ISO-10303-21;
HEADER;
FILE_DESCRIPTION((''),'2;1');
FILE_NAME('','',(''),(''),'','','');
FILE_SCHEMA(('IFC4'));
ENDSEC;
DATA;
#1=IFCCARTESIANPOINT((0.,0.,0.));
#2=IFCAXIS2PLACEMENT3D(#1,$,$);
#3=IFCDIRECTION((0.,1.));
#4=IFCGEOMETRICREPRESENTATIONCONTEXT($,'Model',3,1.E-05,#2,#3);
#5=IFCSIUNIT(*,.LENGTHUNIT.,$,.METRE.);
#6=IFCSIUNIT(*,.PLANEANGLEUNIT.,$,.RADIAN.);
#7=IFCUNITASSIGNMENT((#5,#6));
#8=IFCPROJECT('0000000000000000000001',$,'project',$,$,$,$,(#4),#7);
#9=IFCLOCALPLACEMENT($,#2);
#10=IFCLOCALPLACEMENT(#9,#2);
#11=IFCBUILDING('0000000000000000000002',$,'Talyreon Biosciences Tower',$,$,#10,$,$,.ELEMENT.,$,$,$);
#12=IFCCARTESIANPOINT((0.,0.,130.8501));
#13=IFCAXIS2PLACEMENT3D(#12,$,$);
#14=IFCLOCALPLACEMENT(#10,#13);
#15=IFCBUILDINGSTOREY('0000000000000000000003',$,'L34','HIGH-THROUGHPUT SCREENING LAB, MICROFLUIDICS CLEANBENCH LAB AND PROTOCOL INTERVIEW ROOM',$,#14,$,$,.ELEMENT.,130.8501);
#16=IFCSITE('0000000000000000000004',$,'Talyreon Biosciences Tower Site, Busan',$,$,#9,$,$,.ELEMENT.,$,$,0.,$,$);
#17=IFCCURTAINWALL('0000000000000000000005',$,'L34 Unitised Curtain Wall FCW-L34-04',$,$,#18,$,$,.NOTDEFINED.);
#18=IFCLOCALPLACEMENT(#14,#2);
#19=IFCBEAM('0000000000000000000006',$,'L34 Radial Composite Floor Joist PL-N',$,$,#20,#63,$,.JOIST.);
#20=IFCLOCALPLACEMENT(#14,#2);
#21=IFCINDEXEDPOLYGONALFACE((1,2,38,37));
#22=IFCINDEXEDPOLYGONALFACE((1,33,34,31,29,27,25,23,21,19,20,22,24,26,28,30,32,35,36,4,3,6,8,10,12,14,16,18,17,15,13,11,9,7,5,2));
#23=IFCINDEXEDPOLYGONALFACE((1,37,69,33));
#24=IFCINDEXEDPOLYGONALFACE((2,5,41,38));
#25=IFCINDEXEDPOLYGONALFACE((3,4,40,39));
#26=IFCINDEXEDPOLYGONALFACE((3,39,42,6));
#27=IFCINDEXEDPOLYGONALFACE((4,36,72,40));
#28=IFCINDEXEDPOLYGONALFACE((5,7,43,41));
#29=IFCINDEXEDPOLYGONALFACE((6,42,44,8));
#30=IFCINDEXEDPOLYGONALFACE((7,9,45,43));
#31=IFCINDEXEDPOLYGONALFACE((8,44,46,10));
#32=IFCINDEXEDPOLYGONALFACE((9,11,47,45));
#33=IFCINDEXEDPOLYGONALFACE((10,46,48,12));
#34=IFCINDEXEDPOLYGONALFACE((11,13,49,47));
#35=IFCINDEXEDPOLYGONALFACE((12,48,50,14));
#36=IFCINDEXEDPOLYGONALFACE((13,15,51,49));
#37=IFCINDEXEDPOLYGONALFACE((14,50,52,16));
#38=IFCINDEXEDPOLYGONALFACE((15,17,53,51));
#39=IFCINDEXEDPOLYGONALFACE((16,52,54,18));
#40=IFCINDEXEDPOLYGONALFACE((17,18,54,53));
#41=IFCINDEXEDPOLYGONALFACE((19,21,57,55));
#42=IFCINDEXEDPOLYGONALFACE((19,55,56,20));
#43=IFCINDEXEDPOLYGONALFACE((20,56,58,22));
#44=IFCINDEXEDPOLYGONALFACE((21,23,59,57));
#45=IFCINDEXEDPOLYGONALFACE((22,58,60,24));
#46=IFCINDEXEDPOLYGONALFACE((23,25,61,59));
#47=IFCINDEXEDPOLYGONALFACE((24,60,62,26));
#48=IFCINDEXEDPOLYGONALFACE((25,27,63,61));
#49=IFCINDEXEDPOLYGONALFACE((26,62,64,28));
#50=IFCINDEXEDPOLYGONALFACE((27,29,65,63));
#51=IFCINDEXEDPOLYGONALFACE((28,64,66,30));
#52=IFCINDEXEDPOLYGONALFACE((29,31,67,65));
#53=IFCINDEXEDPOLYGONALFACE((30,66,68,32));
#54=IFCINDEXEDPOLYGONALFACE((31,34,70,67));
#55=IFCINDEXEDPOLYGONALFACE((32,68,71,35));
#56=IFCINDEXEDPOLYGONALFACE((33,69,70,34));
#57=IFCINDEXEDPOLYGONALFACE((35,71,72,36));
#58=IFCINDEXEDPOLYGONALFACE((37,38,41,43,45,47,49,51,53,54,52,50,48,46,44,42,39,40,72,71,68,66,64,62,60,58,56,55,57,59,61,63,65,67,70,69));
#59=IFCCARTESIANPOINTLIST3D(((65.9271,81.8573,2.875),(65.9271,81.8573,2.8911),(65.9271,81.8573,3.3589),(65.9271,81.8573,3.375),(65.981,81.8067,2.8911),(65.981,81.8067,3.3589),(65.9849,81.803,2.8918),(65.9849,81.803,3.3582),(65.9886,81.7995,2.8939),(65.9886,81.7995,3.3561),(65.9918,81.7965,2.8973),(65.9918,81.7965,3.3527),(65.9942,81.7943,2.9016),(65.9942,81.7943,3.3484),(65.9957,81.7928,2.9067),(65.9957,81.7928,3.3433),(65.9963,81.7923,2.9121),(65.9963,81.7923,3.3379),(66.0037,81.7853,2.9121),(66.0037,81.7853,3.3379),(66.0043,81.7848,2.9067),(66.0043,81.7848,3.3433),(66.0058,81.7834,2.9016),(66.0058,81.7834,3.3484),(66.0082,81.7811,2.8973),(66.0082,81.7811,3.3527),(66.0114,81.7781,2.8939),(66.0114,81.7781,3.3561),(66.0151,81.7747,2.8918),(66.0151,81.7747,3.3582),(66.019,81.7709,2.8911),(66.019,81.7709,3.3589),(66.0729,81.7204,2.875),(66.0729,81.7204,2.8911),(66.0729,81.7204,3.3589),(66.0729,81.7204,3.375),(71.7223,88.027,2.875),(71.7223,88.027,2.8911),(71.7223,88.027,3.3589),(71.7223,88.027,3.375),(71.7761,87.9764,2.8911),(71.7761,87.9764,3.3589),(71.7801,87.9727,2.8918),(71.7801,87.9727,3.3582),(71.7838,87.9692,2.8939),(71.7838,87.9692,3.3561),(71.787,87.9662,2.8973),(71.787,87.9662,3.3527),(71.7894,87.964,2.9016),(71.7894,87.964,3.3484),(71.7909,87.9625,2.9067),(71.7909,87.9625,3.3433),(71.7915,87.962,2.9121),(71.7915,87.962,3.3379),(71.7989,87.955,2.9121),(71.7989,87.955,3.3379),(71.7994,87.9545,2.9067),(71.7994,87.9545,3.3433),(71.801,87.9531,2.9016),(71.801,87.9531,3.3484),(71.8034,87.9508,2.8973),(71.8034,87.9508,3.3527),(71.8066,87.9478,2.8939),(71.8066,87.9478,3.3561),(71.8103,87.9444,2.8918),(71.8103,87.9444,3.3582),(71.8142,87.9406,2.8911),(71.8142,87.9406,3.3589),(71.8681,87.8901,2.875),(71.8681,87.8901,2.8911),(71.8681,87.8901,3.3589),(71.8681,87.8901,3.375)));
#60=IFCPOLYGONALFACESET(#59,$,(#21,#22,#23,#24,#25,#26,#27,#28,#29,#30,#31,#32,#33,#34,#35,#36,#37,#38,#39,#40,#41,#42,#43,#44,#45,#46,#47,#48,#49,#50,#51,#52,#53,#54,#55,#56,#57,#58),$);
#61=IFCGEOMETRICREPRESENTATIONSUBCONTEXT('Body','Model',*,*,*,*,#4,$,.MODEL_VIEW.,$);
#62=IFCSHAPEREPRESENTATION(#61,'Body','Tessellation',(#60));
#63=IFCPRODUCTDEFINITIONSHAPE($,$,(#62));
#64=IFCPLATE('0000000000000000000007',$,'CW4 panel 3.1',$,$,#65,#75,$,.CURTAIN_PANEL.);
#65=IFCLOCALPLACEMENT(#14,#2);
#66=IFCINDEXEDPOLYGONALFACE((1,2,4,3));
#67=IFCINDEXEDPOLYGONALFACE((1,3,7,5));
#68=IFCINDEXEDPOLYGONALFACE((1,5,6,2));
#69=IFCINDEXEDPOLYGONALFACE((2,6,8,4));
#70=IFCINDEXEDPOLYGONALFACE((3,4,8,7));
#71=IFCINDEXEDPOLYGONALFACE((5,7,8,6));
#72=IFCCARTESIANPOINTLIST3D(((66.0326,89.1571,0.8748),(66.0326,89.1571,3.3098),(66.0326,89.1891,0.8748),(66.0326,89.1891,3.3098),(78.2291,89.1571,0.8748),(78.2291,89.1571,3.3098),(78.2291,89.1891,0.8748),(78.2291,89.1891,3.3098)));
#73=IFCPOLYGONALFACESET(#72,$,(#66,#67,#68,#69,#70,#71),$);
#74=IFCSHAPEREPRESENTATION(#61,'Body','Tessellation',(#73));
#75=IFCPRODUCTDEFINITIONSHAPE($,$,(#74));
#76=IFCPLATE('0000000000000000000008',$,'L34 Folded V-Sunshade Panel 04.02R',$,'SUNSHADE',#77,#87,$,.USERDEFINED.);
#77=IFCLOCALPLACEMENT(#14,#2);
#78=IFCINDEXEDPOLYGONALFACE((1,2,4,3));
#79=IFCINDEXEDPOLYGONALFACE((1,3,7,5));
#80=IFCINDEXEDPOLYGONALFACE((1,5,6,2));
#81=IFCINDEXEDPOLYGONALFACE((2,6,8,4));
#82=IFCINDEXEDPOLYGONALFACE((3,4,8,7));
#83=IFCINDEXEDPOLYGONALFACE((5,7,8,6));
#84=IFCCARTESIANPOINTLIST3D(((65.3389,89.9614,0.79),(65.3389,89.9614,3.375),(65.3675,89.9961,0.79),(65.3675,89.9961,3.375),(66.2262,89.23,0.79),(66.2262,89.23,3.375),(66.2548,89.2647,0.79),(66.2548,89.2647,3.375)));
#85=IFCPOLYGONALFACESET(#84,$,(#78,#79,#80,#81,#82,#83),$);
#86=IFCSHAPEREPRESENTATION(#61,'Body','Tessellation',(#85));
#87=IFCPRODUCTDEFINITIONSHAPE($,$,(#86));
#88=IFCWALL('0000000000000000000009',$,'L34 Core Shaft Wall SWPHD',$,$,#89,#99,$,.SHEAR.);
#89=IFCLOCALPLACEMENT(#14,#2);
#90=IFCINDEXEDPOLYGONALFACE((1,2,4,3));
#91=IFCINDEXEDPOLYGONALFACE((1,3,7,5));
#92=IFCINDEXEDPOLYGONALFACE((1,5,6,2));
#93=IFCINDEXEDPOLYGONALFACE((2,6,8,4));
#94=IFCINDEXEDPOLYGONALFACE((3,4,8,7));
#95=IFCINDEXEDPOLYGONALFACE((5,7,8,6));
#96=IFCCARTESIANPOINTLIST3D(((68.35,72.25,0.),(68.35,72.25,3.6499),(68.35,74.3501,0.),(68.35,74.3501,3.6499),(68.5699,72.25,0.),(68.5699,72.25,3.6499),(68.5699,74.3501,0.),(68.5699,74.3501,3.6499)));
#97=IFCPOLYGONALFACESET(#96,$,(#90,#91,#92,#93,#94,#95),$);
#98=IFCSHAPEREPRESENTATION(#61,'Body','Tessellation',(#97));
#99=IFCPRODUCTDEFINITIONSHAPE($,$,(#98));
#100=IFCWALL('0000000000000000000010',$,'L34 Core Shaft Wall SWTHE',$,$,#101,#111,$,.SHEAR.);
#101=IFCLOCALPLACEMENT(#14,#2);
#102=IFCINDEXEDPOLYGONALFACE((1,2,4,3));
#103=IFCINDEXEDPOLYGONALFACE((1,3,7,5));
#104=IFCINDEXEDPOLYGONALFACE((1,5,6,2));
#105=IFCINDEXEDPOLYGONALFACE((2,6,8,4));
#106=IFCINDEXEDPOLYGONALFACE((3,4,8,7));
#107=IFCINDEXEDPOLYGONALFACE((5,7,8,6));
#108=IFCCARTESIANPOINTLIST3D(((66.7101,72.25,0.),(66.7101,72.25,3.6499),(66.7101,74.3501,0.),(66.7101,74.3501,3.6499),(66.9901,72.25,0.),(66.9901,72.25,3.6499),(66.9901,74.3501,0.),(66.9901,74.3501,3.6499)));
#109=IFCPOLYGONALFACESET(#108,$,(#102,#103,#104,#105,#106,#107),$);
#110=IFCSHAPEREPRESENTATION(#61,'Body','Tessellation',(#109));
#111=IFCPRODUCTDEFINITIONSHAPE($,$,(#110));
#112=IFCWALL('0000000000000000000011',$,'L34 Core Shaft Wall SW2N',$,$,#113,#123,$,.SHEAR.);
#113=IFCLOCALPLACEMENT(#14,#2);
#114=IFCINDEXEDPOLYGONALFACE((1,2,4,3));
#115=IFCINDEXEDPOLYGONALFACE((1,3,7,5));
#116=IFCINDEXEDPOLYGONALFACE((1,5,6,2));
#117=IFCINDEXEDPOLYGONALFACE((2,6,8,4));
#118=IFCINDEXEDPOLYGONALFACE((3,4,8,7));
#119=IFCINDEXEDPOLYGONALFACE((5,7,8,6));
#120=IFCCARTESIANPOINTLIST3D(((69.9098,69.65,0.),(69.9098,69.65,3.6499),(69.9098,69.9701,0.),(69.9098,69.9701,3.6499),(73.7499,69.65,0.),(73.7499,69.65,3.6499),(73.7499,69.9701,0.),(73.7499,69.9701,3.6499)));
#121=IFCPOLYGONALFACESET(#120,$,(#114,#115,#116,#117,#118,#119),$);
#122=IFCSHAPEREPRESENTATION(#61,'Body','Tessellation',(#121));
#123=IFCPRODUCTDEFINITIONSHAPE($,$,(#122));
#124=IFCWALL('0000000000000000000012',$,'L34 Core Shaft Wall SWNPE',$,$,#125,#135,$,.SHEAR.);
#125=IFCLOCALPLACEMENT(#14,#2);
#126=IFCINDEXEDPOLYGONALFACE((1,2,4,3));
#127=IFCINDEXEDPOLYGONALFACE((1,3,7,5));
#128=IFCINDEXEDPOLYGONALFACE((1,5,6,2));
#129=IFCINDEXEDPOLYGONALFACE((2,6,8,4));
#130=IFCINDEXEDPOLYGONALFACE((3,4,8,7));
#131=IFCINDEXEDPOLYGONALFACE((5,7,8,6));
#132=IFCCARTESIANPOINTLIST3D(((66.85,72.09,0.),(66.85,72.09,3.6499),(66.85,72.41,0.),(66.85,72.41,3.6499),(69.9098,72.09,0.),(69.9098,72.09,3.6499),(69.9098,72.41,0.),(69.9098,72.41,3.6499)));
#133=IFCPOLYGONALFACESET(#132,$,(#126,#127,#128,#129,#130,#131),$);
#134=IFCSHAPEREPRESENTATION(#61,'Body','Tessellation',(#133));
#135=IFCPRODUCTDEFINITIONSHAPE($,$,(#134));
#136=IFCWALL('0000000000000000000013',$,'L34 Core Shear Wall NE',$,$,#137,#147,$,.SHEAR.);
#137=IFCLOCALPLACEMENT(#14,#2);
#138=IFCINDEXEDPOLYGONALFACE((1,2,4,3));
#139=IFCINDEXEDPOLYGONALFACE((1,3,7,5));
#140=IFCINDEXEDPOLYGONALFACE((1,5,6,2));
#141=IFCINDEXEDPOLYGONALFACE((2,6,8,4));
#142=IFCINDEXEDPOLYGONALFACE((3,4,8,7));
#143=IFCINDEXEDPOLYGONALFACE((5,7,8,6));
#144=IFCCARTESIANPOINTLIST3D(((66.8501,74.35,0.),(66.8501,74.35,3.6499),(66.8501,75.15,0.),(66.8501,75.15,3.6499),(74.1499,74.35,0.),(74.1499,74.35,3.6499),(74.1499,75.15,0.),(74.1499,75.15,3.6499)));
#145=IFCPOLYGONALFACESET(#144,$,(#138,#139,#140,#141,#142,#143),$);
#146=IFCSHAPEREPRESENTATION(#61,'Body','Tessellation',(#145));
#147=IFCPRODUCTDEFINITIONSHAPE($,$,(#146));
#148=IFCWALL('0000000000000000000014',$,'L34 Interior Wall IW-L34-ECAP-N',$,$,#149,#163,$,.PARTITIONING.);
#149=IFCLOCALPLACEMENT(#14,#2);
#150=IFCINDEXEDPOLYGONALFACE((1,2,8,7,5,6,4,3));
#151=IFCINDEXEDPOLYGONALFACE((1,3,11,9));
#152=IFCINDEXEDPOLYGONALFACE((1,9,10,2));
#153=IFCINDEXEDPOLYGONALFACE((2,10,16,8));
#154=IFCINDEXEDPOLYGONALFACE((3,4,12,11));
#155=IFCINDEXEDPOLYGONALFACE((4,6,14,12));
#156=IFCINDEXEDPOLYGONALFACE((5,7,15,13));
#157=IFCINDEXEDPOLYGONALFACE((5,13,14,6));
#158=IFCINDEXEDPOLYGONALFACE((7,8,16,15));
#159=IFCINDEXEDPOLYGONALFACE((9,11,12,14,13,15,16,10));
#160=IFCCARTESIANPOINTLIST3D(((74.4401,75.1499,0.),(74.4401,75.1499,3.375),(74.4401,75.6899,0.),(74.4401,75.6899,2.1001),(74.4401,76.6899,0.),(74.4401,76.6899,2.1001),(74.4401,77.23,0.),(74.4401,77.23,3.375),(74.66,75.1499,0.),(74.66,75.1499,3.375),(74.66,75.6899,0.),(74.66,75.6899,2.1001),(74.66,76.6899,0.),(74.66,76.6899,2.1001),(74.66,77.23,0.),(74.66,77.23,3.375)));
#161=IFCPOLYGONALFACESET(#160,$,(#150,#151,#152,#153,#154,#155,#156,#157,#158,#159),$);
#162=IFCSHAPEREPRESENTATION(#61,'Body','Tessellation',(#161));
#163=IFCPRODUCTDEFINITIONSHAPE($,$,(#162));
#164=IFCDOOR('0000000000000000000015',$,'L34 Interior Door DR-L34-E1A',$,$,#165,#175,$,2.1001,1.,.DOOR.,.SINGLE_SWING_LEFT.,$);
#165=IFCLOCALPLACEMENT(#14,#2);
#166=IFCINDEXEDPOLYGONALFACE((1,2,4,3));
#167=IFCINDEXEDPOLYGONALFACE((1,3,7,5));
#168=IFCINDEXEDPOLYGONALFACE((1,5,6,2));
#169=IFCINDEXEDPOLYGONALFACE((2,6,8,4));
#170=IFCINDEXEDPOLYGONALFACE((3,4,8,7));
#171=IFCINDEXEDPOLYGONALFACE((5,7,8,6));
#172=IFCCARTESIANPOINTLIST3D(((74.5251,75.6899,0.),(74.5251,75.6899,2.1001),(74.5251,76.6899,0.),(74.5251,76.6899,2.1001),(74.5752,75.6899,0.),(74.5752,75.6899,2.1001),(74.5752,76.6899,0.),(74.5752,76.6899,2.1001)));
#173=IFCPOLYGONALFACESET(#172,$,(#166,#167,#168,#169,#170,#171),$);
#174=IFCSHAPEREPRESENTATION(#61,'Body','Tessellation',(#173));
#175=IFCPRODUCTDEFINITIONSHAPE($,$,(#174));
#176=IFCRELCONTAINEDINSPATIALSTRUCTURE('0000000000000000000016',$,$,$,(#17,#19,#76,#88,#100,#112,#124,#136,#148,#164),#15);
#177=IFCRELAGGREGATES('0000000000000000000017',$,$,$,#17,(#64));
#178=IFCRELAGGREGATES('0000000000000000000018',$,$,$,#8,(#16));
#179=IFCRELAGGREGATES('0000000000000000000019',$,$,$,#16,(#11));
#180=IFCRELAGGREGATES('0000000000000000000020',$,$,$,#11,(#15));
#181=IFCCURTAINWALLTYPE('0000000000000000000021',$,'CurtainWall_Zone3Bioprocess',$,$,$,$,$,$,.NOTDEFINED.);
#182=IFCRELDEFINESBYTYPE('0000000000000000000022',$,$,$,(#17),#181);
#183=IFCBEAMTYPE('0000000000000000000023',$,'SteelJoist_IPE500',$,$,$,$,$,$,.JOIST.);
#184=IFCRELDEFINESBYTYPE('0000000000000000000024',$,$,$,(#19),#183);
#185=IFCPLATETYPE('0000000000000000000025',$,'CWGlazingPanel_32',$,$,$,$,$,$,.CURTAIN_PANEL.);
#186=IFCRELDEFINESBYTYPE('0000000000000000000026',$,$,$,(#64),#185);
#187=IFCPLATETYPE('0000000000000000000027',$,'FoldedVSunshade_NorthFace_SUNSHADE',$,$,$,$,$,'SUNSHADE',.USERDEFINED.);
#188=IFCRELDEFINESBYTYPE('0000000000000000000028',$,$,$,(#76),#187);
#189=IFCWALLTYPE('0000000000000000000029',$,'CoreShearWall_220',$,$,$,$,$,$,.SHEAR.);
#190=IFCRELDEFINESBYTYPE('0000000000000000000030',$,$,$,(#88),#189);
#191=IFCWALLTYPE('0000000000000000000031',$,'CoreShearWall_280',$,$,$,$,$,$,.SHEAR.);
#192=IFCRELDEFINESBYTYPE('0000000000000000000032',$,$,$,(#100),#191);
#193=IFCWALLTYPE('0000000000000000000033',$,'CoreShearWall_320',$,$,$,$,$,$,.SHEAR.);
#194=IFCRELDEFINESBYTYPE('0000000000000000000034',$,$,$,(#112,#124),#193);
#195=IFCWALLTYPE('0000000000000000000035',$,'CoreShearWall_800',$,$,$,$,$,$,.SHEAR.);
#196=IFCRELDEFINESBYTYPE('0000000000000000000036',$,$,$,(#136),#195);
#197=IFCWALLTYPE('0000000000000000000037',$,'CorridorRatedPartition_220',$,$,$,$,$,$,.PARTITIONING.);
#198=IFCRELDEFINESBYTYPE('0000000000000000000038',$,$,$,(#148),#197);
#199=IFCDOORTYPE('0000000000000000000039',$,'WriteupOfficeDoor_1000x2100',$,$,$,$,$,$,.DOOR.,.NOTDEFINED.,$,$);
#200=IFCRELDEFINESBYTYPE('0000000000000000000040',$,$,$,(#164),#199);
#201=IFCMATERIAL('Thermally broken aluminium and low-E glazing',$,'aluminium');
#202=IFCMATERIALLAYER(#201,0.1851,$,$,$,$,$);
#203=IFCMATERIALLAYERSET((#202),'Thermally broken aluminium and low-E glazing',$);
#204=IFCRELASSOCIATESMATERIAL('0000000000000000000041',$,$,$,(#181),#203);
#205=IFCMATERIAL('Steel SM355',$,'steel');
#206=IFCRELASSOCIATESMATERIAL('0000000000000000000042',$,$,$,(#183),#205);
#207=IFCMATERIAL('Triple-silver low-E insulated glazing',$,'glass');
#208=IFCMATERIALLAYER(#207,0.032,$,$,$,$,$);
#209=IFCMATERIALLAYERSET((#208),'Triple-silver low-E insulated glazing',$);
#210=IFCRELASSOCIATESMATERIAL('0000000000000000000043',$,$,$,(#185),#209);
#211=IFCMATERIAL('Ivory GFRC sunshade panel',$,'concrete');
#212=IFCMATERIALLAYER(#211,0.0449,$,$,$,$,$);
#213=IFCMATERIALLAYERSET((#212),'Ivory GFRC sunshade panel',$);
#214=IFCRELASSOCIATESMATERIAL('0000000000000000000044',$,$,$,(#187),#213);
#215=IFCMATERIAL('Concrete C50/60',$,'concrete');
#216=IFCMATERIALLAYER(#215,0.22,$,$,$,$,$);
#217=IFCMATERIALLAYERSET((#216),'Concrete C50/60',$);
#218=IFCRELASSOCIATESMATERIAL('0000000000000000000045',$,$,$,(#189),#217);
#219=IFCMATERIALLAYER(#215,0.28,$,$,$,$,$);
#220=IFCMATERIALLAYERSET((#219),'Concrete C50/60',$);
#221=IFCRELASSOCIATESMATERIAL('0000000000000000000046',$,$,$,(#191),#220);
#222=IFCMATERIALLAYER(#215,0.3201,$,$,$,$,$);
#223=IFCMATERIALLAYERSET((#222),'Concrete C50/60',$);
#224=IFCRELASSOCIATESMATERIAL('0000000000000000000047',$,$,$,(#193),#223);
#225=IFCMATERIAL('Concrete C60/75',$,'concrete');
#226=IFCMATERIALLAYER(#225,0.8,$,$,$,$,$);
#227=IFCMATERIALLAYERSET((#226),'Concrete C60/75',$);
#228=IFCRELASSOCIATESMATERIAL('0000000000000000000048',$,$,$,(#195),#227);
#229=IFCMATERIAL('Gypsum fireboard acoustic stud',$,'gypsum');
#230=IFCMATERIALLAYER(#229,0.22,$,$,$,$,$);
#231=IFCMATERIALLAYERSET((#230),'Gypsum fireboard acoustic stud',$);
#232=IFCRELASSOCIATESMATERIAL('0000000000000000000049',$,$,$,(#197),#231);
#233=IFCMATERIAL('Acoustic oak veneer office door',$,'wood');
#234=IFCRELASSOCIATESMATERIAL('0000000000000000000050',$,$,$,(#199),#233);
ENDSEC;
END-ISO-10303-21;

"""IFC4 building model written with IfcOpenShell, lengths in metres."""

from ifc_helpers import new_model, si_unit, direction, frame, frame_2d, origin, origin_2d, place, context, subcontext, project, spatial, rectangle, i_section, extrude, material, layer, layer_set, material_profile, profile_set, type_object, element, fill, aggregate, save


model = new_model("IFC4")

# Units and contexts
model_context = context("Model", 3, precision=1e-05, world=origin(), true_north=direction((0.0, 1.0)))
body_context = subcontext(model_context, "Body", "Model", "MODEL_VIEW")
ifc_project = project(units=[si_unit("LENGTHUNIT", "METRE"), si_unit("PLANEANGLEUNIT", "RADIAN")], contexts=[model_context])

# Site, building, storey
site_placement = place(None, origin())
site = spatial("IfcSite", under=ifc_project, at=site_placement, Name="Talyreon Biosciences Tower Site, Busan", CompositionType="ELEMENT", RefElevation=0.0)
building_placement = place(site_placement, origin())
building = spatial("IfcBuilding", under=site, at=building_placement, Name="Talyreon Biosciences Tower", CompositionType="ELEMENT")
storey_placement = place(building_placement, frame((0.0, 0.0, 130.8501)))
storey = spatial("IfcBuildingStorey", under=building, at=storey_placement, Name="L34", Description="HIGH-THROUGHPUT SCREENING LAB, MICROFLUIDICS CLEANBENCH LAB AND PROTOCOL INTERVIEW ROOM", CompositionType="ELEMENT", Elevation=130.8501)

# Shared definitions
ifc_material_1 = material(Name="Concrete C60/75", Category="concrete")
ifc_material_2 = material(Name="Concrete C50/60", Category="concrete")

# Curtain wall
ifc_material_3 = material(Name="Thermally broken aluminium and low-E glazing", Category="aluminium")
ifc_layer_1 = layer(ifc_material_3, 0.1851)
ifc_layer_set_1 = layer_set([ifc_layer_1], Name="Thermally broken aluminium and low-E glazing")
curtain_wall_type = type_object("IfcCurtainWallType", Name="CurtainWall_Zone3Bioprocess", PredefinedType="NOTDEFINED", material=ifc_layer_set_1)
curtain_wall_placement = place(storey_placement, origin())
curtain_wall = element("IfcCurtainWall", 1, at=curtain_wall_placement, inside=storey, type_object=curtain_wall_type, Name="L34 Unitised Curtain Wall FCW-L34-04", PredefinedType="NOTDEFINED")

# Beam
ifc_material_4 = material(Name="Steel SM355", Category="steel")
ifc_material_profile_1 = material_profile(ifc_material_4, i_section(OverallWidth=0.2, OverallDepth=0.5, WebThickness=0.0103, FlangeThickness=0.0161, FilletRadius=0.021, at=origin_2d()), Name="IPE500")
ifc_profile_set_1 = profile_set([ifc_material_profile_1], Name="Steel SM355")
beam_type_1 = type_object("IfcBeamType", Name="SteelJoist_IPE500", PredefinedType="JOIST", material=ifc_profile_set_1)
beam_1_placement = place(storey_placement, frame((66.0, 81.7888, 3.125), z_axis=(0.684638, 0.728883, 0.0), x_axis=(-0.728883, 0.684638, 0.0)))
element("IfcBeam", 2, at=beam_1_placement, inside=storey, type_object=beam_type_1, Name="L34 Radial Composite Floor Joist PL-N", PredefinedType="JOIST", context=body_context, shape_type="SweptSolid", body=[
    extrude(i_section(OverallWidth=0.2, OverallDepth=0.5, WebThickness=0.0103, FlangeThickness=0.0161, FilletRadius=0.021, at=origin_2d()), origin(), (0.0, 0.0, 1.0), 8.4646),
])

# Plates
ifc_material_5 = material(Name="Triple-silver low-E insulated glazing", Category="glass")
ifc_layer_2 = layer(ifc_material_5, 0.032)
ifc_layer_set_2 = layer_set([ifc_layer_2], Name="Triple-silver low-E insulated glazing")
plate_type_1 = type_object("IfcPlateType", Name="CWGlazingPanel_32", PredefinedType="CURTAIN_PANEL", material=ifc_layer_set_2)
plate_1_placement = place(storey_placement, frame((72.1309, 89.1731, 0.8748), z_axis=(0.0, 0.0, 1.0), x_axis=(1.0, 0.0, 0.0)))
plate_1 = element("IfcPlate", 3, at=plate_1_placement, type_object=plate_type_1, Name="CW4 panel 3.1", PredefinedType="CURTAIN_PANEL", context=body_context, shape_type="SweptSolid", body=[
    extrude(rectangle(XDim=12.1965, YDim=0.032, at=origin_2d()), origin(), (0.0, 0.0, 1.0), 2.4351),
])
aggregate(curtain_wall, [plate_1])
ifc_material_6 = material(Name="Ivory GFRC sunshade panel", Category="concrete")
ifc_layer_3 = layer(ifc_material_6, 0.0449)
ifc_layer_set_3 = layer_set([ifc_layer_3], Name="Ivory GFRC sunshade panel")
plate_type_2 = type_object("IfcPlateType", Name="FoldedVSunshade_NorthFace_SUNSHADE", ElementType="SUNSHADE", PredefinedType="USERDEFINED", material=ifc_layer_set_3)
plate_2_placement = place(storey_placement, frame((65.7969, 89.613, 0.79), z_axis=(0.0, 0.0, 1.0), x_axis=(0.771625, -0.636078, 0.0)))
element("IfcPlate", 4, at=plate_2_placement, inside=storey, type_object=plate_type_2, Name="L34 Folded V-Sunshade Panel 04.02R", ObjectType="SUNSHADE", PredefinedType="USERDEFINED", context=body_context, shape_type="SweptSolid", body=[
    extrude(rectangle(XDim=1.1499, YDim=0.0449, at=origin_2d()), origin(), (0.0, 0.0, 1.0), 2.585),
])

# Walls
ifc_layer_4 = layer(ifc_material_2, 0.22)
ifc_layer_set_4 = layer_set([ifc_layer_4], Name="Concrete C50/60")
wall_type_1 = type_object("IfcWallType", Name="CoreShearWall_220", PredefinedType="SHEAR", material=ifc_layer_set_4)
wall_1_placement = place(storey_placement, frame((68.46, 72.25, 0.0), z_axis=(0.0, 0.0, 1.0), x_axis=(0.0, 1.0, 0.0)))
element("IfcWall", 5, at=wall_1_placement, inside=storey, type_object=wall_type_1, Name="L34 Core Shaft Wall SWPHD", PredefinedType="SHEAR", context=body_context, shape_type="SweptSolid", body=[
    extrude(rectangle(XDim=2.1001, YDim=0.22, at=frame_2d((1.05, 0.0))), origin(), (0.0, 0.0, 1.0), 3.6499),
])
ifc_layer_5 = layer(ifc_material_2, 0.28)
ifc_layer_set_5 = layer_set([ifc_layer_5], Name="Concrete C50/60")
wall_type_2 = type_object("IfcWallType", Name="CoreShearWall_280", PredefinedType="SHEAR", material=ifc_layer_set_5)
wall_2_placement = place(storey_placement, frame((66.8501, 72.25, 0.0), z_axis=(0.0, 0.0, 1.0), x_axis=(0.0, 1.0, 0.0)))
element("IfcWall", 6, at=wall_2_placement, inside=storey, type_object=wall_type_2, Name="L34 Core Shaft Wall SWTHE", PredefinedType="SHEAR", context=body_context, shape_type="SweptSolid", body=[
    extrude(rectangle(XDim=2.1001, YDim=0.28, at=frame_2d((1.05, 0.0))), origin(), (0.0, 0.0, 1.0), 3.6499),
])
ifc_layer_6 = layer(ifc_material_2, 0.3201)
ifc_layer_set_6 = layer_set([ifc_layer_6], Name="Concrete C50/60")
wall_type_3 = type_object("IfcWallType", Name="CoreShearWall_320", PredefinedType="SHEAR", material=ifc_layer_set_6)
wall_3_placement = place(storey_placement, frame((69.9099, 69.8101, 0.0), z_axis=(0.0, 0.0, 1.0), x_axis=(1.0, 0.0, 0.0)))
element("IfcWall", 7, at=wall_3_placement, inside=storey, type_object=wall_type_3, Name="L34 Core Shaft Wall SW2N", PredefinedType="SHEAR", context=body_context, shape_type="SweptSolid", body=[
    extrude(rectangle(XDim=3.8401, YDim=0.3201, at=frame_2d((1.9199, 0.0))), origin(), (0.0, 0.0, 1.0), 3.6499),
])
wall_4_placement = place(storey_placement, frame((66.8501, 72.25, 0.0), z_axis=(0.0, 0.0, 1.0), x_axis=(1.0, 0.0, 0.0)))
element("IfcWall", 8, at=wall_4_placement, inside=storey, type_object=wall_type_3, Name="L34 Core Shaft Wall SWNPE", PredefinedType="SHEAR", context=body_context, shape_type="SweptSolid", body=[
    extrude(rectangle(XDim=3.0598, YDim=0.3201, at=frame_2d((1.5298, 0.0))), origin(), (0.0, 0.0, 1.0), 3.6499),
])
ifc_layer_7 = layer(ifc_material_1, 0.8)
ifc_layer_set_7 = layer_set([ifc_layer_7], Name="Concrete C60/75")
wall_type_4 = type_object("IfcWallType", Name="CoreShearWall_800", PredefinedType="SHEAR", material=ifc_layer_set_7)
wall_5_placement = place(storey_placement, frame((74.1499, 74.75, 0.0), z_axis=(0.0, 0.0, 1.0), x_axis=(-1.0, 0.0, 0.0)))
element("IfcWall", 9, at=wall_5_placement, inside=storey, type_object=wall_type_4, Name="L34 Core Shear Wall NE", PredefinedType="SHEAR", context=body_context, shape_type="SweptSolid", body=[
    extrude(rectangle(XDim=7.2998, YDim=0.8, at=frame_2d((3.6499, 0.0))), origin(), (0.0, 0.0, 1.0), 3.6499),
])

# Wall, opening, door
ifc_material_7 = material(Name="Gypsum fireboard acoustic stud", Category="gypsum")
ifc_layer_8 = layer(ifc_material_7, 0.22)
ifc_layer_set_8 = layer_set([ifc_layer_8], Name="Gypsum fireboard acoustic stud")
wall_type_5 = type_object("IfcWallType", Name="CorridorRatedPartition_220", PredefinedType="PARTITIONING", material=ifc_layer_set_8)
wall_6_placement = place(storey_placement, frame((74.55, 75.1499, 0.0), z_axis=(0.0, 0.0, 1.0), x_axis=(0.0, 1.0, 0.0)))
wall_6 = element("IfcWall", 10, at=wall_6_placement, inside=storey, type_object=wall_type_5, Name="L34 Interior Wall IW-L34-ECAP-N", PredefinedType="PARTITIONING", context=body_context, shape_type="SweptSolid", body=[
    extrude(rectangle(XDim=2.0801, YDim=0.22, at=frame_2d((1.04, 0.0))), origin(), (0.0, 0.0, 1.0), 3.375),
])
opening_1_placement = place(wall_6_placement, frame((0.54, 0.0, 0.0)))
opening_1 = element("IfcOpeningElement", 11, at=opening_1_placement, cuts=wall_6, PredefinedType="OPENING", context=body_context, shape_type="SweptSolid", body=[
    extrude(rectangle(XDim=1.0, YDim=2.1001, at=frame_2d((0.5, 1.05))), frame((0.0, 0.1199, 0.0), z_axis=(0.0, -1.0, 0.0), x_axis=(1.0, 0.0, 0.0)), (0.0, 0.0, 1.0), 0.24),
])
ifc_material_8 = material(Name="Acoustic oak veneer office door", Category="wood")
door_type_1 = type_object("IfcDoorType", Name="WriteupOfficeDoor_1000x2100", OperationType="NOTDEFINED", PredefinedType="DOOR", material=ifc_material_8)
door_1_placement = place(opening_1_placement, origin())
door_1 = element("IfcDoor", 12, at=door_1_placement, inside=storey, type_object=door_type_1, Name="L34 Interior Door DR-L34-E1A", OperationType="SINGLE_SWING_LEFT", OverallHeight=2.1001, OverallWidth=1.0, PredefinedType="DOOR", context=body_context, shape_type="SweptSolid", body=[
    extrude(rectangle(XDim=1.0, YDim=2.1001, at=frame_2d((0.5, 1.05))), frame((0.0, 0.0249, 0.0), z_axis=(0.0, -1.0, 0.0), x_axis=(1.0, 0.0, 0.0)), (0.0, 0.0, 1.0), 0.05),
])
fill(opening_1, door_1)

save(model, "model.ifc")
